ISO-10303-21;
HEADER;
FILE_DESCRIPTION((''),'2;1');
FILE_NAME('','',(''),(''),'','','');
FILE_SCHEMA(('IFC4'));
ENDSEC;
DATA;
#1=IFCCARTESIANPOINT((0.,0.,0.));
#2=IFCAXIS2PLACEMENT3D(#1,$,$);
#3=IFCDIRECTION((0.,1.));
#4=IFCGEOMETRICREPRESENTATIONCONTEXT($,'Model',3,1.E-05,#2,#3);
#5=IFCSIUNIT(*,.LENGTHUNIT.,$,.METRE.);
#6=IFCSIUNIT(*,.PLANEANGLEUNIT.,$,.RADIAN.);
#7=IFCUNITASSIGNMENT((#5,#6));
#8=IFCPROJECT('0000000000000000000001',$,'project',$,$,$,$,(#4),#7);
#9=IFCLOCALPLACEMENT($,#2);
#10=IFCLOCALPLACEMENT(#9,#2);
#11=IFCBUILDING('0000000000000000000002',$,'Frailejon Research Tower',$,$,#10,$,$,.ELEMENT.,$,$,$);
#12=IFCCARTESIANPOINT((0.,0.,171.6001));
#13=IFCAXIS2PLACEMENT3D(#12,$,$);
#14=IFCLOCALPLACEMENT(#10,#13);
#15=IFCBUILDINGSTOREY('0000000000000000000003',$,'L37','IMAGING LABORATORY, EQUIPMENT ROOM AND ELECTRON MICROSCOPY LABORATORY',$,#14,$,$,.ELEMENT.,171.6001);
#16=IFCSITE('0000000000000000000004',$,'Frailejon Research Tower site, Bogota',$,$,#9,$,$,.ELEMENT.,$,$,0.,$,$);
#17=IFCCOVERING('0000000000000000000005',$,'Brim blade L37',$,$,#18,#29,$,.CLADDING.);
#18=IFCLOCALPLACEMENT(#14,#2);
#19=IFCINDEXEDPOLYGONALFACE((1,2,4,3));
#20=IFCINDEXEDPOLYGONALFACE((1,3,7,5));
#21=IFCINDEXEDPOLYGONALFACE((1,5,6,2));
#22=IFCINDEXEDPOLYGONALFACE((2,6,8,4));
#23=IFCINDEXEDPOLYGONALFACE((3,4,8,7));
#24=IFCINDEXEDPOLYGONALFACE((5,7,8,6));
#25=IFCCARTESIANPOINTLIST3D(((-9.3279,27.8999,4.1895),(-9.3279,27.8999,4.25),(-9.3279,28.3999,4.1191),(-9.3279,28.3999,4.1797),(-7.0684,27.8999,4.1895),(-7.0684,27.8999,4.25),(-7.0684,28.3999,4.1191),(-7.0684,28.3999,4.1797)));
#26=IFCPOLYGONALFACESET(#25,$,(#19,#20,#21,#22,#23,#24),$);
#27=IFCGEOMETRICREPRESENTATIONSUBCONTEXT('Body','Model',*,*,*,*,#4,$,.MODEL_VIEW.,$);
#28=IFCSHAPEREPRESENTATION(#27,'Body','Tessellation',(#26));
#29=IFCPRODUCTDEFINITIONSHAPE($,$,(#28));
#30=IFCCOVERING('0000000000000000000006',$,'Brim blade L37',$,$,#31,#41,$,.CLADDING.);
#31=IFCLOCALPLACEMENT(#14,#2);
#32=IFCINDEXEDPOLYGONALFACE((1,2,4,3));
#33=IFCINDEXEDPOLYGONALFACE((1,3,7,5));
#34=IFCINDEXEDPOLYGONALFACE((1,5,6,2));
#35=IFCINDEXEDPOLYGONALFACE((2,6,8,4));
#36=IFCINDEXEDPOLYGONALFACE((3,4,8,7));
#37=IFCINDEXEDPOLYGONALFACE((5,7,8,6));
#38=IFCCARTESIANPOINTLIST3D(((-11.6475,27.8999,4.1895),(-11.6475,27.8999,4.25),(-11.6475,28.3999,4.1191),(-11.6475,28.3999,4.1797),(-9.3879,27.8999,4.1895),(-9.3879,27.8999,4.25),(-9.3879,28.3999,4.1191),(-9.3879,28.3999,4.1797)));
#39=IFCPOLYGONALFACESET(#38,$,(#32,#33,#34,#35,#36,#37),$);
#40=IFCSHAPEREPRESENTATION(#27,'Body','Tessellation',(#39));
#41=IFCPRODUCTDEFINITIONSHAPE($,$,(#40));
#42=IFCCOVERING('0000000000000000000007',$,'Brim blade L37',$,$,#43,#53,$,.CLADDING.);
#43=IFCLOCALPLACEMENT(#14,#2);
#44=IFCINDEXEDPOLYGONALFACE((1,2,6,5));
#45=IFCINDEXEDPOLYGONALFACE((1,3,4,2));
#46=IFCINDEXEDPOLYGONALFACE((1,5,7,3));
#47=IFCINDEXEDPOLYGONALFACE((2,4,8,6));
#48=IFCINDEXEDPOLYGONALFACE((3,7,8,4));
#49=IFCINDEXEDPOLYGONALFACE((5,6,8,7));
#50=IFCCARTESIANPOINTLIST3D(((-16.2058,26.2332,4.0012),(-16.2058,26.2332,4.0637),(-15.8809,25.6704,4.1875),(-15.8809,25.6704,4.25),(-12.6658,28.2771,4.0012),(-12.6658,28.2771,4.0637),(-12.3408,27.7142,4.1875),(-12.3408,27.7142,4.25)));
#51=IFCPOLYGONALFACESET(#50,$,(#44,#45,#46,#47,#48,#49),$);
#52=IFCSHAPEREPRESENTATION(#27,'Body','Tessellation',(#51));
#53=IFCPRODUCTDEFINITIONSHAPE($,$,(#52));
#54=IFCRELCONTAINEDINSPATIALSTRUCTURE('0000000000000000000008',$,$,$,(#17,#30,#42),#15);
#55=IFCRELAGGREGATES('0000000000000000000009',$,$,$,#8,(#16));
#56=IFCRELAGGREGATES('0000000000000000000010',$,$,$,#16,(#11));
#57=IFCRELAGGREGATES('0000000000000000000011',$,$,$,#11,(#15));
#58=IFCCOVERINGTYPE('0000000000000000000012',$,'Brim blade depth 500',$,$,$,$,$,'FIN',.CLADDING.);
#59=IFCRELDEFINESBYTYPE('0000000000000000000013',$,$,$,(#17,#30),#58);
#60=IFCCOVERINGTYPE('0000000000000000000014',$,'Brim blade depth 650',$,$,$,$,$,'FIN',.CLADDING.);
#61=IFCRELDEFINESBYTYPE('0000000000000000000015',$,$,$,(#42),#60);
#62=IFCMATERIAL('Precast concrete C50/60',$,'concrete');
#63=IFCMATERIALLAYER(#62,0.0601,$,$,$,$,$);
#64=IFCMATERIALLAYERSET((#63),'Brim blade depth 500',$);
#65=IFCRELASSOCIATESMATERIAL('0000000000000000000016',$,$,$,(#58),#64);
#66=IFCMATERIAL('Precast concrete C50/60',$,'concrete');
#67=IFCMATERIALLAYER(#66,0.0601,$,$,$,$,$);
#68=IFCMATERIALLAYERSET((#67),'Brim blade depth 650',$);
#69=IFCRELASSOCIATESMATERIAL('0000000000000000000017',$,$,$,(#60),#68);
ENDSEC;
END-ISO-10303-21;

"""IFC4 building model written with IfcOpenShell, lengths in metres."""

from ifc_helpers import new_model, si_unit, direction, frame, origin, place, context, subcontext, project, spatial, polyline, outline, extrude, material, layer, layer_set, type_object, element, save


model = new_model("IFC4")

# Units and contexts
model_context = context("Model", 3, precision=1e-05, world=origin(), true_north=direction((0.0, 1.0)))
body_context = subcontext(model_context, "Body", "Model", "MODEL_VIEW")
ifc_project = project(units=[si_unit("LENGTHUNIT", "METRE"), si_unit("PLANEANGLEUNIT", "RADIAN")], contexts=[model_context])

# Site, building, storey
site_placement = place(None, origin())
site = spatial("IfcSite", under=ifc_project, at=site_placement, Name="Frailejon Research Tower site, Bogota", CompositionType="ELEMENT", RefElevation=0.0)
building_placement = place(site_placement, origin())
building = spatial("IfcBuilding", under=site, at=building_placement, Name="Frailejon Research Tower", CompositionType="ELEMENT")
storey_placement = place(building_placement, frame((0.0, 0.0, 171.6001)))
storey = spatial("IfcBuildingStorey", under=building, at=storey_placement, Name="L37", Description="IMAGING LABORATORY, EQUIPMENT ROOM AND ELECTRON MICROSCOPY LABORATORY", CompositionType="ELEMENT", Elevation=171.6001)

# Coverings
ifc_material_1 = material(Name="Precast concrete C50/60", Category="concrete")
ifc_layer_1 = layer(ifc_material_1, 0.0601)
ifc_layer_set_1 = layer_set([ifc_layer_1], Name="Brim blade depth 500")
covering_type_1 = type_object("IfcCoveringType", Name="Brim blade depth 500", ElementType="FIN", PredefinedType="CLADDING", material=ifc_layer_set_1)
for number, where, z_axis, x_axis, name in (
    (1, (-9.3279, 27.8999, 4.25), (1.0, 0.0, 0.0), (0.0, 1.0, 0.0), "Brim blade L37"),
    (2, (-11.6475, 27.8999, 4.25), (1.0, 0.0, 0.0), (0.0, 1.0, 0.0), "Brim blade L37"),
):
    element("IfcCovering", number, at=place(storey_placement, frame(where, z_axis=z_axis, x_axis=x_axis)), inside=storey, type_object=covering_type_1, Name=name, PredefinedType="CLADDING", context=body_context, shape_type="SweptSolid", body=[
        extrude(outline(polyline([(0.0, -0.0605), (0.5, -0.1309), (0.5, -0.0703), (0.0, 0.0), (0.0, -0.0605)])), origin(), (0.0, 0.0, 1.0), 2.2595),
    ])
ifc_material_2 = material(Name="Precast concrete C50/60", Category="concrete")
ifc_layer_2 = layer(ifc_material_2, 0.0601)
ifc_layer_set_2 = layer_set([ifc_layer_2], Name="Brim blade depth 650")
covering_type_2 = type_object("IfcCoveringType", Name="Brim blade depth 650", ElementType="FIN", PredefinedType="CLADDING", material=ifc_layer_set_2)
covering_placement = place(storey_placement, frame((-15.8809, 25.6704, 4.25), z_axis=(0.866027, 0.499997, 0.0), x_axis=(-0.499997, 0.866027, 0.0)))
element("IfcCovering", 3, at=covering_placement, inside=storey, type_object=covering_type_2, Name="Brim blade L37", PredefinedType="CLADDING", context=body_context, shape_type="SweptSolid", body=[
    extrude(outline(polyline([(0.0, -0.0625), (0.6499, -0.2488), (0.6499, -0.1863), (0.0, 0.0), (0.0, -0.0625)])), origin(), (0.0, 0.0, 1.0), 4.0876),
])

save(model, "model.ifc")
